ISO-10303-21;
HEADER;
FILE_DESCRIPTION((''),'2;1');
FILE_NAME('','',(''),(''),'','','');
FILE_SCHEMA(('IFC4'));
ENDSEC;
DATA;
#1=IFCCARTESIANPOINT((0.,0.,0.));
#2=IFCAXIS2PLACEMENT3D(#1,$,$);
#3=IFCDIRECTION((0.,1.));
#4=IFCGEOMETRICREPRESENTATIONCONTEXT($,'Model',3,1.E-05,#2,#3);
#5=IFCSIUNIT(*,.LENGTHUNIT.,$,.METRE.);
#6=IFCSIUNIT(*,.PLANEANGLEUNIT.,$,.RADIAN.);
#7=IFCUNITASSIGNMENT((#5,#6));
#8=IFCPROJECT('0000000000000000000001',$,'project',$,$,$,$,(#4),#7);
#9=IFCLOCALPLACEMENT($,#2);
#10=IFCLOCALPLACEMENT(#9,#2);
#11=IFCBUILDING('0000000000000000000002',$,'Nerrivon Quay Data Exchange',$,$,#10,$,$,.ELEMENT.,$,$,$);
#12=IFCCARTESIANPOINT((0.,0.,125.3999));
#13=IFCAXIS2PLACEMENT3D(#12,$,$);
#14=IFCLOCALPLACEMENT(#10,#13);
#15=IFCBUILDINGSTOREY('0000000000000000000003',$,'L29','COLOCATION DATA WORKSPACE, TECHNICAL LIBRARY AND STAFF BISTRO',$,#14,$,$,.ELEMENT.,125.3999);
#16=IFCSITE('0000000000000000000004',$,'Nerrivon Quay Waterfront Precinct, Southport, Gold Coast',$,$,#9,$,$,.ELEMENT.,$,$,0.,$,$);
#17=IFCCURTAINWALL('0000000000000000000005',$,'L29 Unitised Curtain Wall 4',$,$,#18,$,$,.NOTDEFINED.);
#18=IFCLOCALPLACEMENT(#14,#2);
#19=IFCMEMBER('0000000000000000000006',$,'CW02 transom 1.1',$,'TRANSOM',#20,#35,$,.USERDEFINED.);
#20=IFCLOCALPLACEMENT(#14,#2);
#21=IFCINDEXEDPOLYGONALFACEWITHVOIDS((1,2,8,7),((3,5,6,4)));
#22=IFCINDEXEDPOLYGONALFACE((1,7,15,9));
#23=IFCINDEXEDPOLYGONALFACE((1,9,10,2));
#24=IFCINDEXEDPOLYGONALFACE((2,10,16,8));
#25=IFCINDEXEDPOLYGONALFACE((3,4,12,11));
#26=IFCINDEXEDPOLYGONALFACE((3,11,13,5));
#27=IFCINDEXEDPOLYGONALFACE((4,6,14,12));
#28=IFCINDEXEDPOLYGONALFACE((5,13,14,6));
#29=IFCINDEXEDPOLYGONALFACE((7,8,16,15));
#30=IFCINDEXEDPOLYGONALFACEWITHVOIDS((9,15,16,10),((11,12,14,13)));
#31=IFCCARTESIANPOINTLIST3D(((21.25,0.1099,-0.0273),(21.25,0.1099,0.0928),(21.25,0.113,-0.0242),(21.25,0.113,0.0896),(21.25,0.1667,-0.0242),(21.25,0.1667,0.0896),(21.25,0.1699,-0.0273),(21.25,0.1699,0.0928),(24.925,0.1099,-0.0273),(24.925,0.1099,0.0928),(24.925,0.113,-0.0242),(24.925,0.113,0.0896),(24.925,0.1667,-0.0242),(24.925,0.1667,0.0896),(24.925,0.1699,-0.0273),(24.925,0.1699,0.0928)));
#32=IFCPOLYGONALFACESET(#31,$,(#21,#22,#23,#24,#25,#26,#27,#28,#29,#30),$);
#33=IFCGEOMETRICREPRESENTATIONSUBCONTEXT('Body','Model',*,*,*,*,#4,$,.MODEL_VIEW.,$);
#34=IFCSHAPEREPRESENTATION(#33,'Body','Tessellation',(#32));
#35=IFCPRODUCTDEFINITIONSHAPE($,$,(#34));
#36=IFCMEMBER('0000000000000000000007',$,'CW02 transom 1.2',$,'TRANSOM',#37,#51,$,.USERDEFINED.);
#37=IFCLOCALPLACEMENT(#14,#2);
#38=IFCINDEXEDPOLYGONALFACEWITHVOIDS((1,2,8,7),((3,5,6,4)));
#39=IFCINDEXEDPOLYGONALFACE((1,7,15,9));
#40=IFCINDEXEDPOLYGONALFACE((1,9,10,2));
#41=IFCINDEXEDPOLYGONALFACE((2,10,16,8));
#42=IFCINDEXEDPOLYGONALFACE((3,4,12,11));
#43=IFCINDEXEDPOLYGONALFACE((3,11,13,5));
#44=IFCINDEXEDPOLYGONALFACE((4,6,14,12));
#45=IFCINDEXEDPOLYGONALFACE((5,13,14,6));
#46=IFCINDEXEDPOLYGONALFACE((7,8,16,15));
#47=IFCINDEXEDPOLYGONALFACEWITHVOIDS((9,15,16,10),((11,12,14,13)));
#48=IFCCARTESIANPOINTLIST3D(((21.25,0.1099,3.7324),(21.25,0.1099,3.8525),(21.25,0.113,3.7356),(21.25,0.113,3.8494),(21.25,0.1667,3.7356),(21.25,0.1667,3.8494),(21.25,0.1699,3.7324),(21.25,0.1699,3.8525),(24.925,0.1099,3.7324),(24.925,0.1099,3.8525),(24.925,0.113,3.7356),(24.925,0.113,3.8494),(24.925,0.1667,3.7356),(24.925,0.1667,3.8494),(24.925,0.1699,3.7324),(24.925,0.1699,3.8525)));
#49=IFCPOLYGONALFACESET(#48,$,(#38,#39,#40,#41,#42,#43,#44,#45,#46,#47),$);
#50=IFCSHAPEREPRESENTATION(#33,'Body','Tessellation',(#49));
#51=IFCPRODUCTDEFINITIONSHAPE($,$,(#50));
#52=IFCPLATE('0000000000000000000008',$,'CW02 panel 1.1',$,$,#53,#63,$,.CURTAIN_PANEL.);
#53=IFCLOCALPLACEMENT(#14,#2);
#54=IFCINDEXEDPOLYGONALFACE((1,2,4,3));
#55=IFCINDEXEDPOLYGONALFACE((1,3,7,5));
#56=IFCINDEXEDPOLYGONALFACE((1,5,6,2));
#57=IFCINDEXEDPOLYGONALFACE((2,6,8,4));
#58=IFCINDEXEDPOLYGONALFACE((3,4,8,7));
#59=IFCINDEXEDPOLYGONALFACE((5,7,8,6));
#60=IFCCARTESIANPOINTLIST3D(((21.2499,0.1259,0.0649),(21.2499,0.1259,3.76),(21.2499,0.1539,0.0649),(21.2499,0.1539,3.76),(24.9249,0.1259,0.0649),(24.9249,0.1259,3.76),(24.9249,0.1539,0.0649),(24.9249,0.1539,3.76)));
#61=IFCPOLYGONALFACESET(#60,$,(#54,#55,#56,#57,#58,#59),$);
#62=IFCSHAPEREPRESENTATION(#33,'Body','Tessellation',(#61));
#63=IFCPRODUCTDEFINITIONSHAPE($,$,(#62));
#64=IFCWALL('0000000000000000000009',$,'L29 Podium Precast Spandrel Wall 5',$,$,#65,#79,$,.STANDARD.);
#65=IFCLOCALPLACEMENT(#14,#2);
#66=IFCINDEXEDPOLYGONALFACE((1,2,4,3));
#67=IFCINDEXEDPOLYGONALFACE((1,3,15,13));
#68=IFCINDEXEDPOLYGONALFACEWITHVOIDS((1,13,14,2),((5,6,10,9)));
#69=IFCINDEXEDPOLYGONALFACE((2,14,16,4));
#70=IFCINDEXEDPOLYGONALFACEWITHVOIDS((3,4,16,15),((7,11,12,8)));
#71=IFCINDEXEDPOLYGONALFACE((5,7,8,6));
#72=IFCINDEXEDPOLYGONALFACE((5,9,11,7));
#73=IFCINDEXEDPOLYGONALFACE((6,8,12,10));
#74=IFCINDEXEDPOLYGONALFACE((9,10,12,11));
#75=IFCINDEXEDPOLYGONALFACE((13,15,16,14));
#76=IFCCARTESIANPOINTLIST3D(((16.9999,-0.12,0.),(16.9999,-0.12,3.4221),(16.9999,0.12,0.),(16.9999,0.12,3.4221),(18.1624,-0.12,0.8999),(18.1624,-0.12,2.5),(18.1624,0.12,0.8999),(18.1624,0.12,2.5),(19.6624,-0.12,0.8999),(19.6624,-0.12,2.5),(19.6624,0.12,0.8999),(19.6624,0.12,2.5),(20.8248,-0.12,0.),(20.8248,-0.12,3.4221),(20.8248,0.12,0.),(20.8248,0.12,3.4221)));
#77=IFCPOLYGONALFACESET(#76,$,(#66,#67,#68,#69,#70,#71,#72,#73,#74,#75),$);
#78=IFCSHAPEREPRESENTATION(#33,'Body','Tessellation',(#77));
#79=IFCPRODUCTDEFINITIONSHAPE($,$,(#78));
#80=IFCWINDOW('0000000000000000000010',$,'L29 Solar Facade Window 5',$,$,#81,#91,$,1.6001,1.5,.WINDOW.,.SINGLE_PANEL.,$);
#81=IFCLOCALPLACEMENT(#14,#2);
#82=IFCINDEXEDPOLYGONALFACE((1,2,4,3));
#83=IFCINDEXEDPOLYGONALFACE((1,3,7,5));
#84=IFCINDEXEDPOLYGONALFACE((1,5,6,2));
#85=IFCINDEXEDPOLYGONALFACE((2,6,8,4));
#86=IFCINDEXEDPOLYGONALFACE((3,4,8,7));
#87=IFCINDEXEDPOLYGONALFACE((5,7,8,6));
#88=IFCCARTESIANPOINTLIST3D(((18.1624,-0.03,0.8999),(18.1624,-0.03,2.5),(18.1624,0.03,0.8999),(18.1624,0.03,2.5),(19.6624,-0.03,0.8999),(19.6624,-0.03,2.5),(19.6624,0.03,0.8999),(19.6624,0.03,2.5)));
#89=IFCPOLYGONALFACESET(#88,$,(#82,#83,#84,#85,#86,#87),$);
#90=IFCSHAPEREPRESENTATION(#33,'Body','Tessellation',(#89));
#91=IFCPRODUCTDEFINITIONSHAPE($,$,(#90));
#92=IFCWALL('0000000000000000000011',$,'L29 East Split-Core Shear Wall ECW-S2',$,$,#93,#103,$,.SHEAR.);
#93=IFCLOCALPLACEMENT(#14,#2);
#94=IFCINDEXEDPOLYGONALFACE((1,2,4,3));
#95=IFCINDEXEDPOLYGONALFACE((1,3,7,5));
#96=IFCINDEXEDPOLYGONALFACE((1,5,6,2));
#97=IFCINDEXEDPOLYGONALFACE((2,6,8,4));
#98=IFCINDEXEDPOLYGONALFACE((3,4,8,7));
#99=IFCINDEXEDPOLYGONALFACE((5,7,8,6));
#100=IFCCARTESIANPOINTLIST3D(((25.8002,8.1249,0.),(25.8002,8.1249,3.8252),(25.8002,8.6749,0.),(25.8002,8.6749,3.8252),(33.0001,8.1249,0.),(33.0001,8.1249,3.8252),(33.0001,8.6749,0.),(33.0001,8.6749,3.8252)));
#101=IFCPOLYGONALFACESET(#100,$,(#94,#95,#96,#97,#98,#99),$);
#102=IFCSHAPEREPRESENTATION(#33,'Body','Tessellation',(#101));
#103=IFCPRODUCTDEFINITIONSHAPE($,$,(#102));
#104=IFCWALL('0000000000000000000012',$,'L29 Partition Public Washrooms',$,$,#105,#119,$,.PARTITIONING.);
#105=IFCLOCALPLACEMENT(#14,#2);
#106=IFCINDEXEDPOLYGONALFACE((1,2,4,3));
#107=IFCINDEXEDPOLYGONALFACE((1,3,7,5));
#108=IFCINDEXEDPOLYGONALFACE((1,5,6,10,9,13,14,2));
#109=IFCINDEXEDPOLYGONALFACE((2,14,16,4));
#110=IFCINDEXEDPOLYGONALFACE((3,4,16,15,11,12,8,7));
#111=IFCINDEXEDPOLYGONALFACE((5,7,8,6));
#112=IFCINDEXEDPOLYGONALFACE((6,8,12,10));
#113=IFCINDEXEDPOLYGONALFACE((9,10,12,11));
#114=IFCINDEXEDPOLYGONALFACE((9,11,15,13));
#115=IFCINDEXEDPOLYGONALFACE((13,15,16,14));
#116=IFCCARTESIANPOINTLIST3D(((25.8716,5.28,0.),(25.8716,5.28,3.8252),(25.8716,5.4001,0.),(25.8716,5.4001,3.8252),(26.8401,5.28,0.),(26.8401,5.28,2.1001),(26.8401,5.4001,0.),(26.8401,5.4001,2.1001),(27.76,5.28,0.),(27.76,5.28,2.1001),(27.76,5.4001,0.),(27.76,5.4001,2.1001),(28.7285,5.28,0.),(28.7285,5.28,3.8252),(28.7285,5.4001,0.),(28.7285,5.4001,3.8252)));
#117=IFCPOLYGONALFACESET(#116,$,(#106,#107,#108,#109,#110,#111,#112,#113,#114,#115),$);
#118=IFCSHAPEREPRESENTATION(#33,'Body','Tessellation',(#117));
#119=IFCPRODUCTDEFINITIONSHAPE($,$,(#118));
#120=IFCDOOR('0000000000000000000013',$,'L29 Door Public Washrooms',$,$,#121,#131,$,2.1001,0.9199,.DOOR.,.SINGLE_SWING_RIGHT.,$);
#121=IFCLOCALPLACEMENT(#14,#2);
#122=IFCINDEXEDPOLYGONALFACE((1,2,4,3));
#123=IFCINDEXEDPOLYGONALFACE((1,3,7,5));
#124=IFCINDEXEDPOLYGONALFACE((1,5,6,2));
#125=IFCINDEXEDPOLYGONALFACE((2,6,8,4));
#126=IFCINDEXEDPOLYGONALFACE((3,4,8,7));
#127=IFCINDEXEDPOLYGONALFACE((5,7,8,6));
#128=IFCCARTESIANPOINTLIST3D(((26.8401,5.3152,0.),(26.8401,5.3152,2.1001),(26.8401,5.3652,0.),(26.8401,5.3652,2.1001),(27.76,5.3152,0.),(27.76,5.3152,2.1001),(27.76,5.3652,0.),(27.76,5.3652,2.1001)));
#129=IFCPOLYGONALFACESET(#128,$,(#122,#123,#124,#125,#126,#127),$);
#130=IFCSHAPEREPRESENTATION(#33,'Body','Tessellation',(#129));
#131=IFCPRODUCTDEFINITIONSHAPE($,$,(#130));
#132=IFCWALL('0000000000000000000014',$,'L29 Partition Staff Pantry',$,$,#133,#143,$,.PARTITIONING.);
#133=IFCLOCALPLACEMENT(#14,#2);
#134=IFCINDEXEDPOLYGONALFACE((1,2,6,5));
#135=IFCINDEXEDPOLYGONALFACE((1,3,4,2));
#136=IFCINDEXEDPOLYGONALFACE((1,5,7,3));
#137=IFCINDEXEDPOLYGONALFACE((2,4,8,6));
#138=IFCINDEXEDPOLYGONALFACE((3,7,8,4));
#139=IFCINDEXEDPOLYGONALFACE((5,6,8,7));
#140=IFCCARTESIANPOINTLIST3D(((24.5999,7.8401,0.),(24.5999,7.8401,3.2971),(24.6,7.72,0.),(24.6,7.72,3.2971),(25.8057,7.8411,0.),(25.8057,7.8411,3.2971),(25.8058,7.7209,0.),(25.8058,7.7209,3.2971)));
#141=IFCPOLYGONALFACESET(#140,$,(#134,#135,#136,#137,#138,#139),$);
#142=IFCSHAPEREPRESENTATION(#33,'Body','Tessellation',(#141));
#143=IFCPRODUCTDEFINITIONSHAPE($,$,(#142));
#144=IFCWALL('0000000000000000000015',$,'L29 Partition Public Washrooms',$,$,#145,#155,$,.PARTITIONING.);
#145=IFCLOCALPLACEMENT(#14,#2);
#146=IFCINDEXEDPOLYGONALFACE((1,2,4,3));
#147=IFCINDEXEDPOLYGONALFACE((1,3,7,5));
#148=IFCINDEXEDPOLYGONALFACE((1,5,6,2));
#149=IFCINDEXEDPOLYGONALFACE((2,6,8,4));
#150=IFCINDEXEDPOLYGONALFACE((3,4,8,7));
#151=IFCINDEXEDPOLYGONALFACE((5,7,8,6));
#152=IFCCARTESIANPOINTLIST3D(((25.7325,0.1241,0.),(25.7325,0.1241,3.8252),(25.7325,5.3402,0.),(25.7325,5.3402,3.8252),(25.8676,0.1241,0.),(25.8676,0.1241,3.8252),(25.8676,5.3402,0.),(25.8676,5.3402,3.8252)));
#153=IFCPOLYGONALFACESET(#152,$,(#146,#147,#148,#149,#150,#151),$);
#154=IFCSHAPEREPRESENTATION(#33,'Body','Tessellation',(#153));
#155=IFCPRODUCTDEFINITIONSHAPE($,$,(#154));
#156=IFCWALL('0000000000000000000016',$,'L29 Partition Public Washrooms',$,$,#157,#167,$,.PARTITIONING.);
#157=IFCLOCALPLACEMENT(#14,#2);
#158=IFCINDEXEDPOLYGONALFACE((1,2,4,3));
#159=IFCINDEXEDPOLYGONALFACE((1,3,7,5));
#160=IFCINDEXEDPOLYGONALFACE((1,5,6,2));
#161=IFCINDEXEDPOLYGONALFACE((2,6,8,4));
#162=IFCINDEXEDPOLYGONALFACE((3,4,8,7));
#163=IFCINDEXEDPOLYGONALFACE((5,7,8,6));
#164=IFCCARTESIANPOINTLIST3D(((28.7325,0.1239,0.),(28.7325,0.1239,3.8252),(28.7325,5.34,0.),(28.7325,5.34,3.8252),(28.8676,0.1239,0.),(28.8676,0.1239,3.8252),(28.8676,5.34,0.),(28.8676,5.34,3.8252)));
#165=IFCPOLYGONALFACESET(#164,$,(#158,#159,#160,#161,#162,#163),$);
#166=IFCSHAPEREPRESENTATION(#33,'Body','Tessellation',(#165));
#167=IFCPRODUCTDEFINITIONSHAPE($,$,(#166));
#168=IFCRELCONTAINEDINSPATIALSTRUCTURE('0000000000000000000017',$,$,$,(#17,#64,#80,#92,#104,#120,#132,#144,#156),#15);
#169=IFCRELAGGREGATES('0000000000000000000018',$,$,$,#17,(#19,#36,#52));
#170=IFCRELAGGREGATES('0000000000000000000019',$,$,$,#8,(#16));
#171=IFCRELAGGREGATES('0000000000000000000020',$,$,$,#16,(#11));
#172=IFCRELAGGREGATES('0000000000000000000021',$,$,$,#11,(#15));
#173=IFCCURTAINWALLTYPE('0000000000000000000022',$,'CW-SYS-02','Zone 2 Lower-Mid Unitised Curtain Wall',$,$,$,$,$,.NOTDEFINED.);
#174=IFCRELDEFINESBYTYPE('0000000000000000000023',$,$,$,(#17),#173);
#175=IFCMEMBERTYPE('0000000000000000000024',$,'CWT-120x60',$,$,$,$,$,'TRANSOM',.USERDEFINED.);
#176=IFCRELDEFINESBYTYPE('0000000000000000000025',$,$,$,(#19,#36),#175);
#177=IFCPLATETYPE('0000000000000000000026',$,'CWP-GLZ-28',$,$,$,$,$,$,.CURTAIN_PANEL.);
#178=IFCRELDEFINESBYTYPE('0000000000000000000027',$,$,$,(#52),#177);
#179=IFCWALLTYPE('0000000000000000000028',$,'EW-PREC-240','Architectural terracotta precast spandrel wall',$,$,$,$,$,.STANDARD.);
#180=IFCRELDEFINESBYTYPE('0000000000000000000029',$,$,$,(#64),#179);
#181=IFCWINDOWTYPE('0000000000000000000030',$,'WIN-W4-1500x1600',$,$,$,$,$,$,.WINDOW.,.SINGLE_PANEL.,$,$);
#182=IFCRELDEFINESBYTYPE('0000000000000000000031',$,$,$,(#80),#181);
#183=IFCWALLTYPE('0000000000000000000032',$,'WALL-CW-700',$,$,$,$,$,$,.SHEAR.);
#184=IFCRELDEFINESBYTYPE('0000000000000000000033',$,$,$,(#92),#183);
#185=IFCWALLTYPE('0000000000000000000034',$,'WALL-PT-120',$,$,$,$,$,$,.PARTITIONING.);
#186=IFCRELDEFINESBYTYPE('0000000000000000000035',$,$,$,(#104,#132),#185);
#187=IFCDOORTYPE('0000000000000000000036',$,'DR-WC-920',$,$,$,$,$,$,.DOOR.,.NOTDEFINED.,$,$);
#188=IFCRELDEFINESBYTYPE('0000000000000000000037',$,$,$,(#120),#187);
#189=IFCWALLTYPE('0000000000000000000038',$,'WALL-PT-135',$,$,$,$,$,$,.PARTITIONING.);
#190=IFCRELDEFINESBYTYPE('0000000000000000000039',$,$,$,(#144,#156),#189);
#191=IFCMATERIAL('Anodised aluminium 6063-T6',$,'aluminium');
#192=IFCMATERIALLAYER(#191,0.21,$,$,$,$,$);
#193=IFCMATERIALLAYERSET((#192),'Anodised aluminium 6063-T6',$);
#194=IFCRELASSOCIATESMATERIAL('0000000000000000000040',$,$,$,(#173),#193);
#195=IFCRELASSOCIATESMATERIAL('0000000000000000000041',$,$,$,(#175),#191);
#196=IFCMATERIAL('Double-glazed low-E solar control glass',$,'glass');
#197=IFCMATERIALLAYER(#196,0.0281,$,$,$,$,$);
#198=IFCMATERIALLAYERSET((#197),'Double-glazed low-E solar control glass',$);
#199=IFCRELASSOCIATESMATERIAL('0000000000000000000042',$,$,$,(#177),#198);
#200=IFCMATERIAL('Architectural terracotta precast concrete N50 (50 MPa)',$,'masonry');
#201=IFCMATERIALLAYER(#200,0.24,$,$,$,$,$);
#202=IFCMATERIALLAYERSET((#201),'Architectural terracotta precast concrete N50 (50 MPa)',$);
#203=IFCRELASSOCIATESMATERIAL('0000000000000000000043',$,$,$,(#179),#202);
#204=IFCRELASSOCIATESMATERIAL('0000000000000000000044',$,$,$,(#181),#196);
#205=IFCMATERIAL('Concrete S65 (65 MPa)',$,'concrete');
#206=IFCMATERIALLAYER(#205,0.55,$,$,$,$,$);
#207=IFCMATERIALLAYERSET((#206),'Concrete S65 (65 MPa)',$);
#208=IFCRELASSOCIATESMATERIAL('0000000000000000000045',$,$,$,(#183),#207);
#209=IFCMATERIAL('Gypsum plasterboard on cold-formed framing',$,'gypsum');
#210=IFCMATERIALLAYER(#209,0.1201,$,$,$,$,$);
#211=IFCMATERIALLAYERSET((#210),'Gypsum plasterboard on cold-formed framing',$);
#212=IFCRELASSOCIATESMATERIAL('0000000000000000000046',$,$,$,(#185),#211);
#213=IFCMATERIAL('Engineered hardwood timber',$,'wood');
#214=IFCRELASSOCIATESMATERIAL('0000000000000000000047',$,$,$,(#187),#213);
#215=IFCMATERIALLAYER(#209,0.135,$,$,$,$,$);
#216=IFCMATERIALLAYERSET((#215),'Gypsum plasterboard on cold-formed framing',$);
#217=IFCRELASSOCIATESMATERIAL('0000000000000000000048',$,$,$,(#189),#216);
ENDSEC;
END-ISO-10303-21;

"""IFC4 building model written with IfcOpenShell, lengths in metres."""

from ifc_helpers import new_model, si_unit, direction, frame, frame_2d, origin, origin_2d, place, context, subcontext, project, spatial, rectangle, hollow_rectangle, extrude, material, layer, layer_set, material_profile, profile_set, type_object, element, fill, aggregate, save


model = new_model("IFC4")

# Units and contexts
model_context = context("Model", 3, precision=1e-05, world=origin(), true_north=direction((0.0, 1.0)))
body_context = subcontext(model_context, "Body", "Model", "MODEL_VIEW")
ifc_project = project(units=[si_unit("LENGTHUNIT", "METRE"), si_unit("PLANEANGLEUNIT", "RADIAN")], contexts=[model_context])

# Site, building, storey
site_placement = place(None, origin())
site = spatial("IfcSite", under=ifc_project, at=site_placement, Name="Nerrivon Quay Waterfront Precinct, Southport, Gold Coast", CompositionType="ELEMENT", RefElevation=0.0)
building_placement = place(site_placement, origin())
building = spatial("IfcBuilding", under=site, at=building_placement, Name="Nerrivon Quay Data Exchange", CompositionType="ELEMENT")
storey_placement = place(building_placement, frame((0.0, 0.0, 125.3999)))
storey = spatial("IfcBuildingStorey", under=building, at=storey_placement, Name="L29", Description="COLOCATION DATA WORKSPACE, TECHNICAL LIBRARY AND STAFF BISTRO", CompositionType="ELEMENT", Elevation=125.3999)

# Shared definitions
ifc_material_1 = material(Name="Concrete S65 (65 MPa)", Category="concrete")

# Curtain wall, members, plate
ifc_material_2 = material(Name="Anodised aluminium 6063-T6", Category="aluminium")
ifc_layer_1 = layer(ifc_material_2, 0.21)
ifc_layer_set_1 = layer_set([ifc_layer_1], Name="Anodised aluminium 6063-T6")
curtain_wall_type = type_object("IfcCurtainWallType", Name="CW-SYS-02", Description="Zone 2 Lower-Mid Unitised Curtain Wall", PredefinedType="NOTDEFINED", material=ifc_layer_set_1)
curtain_wall_placement = place(storey_placement, origin())
curtain_wall = element("IfcCurtainWall", 1, at=curtain_wall_placement, inside=storey, type_object=curtain_wall_type, Name="L29 Unitised Curtain Wall 4", PredefinedType="NOTDEFINED")
ifc_material_profile_1 = material_profile(ifc_material_2, hollow_rectangle(XDim=0.0601, YDim=0.1201, WallThickness=0.0032, at=origin_2d()), Name="ALU-TRAN-120x60")
ifc_profile_set_1 = profile_set([ifc_material_profile_1], Name="Anodised aluminium 6063-T6")
member_type_1 = type_object("IfcMemberType", Name="CWT-120x60", ElementType="TRANSOM", PredefinedType="USERDEFINED", material=ifc_profile_set_1)
member_1_placement = place(storey_placement, frame((24.925, 0.1399, 0.0327), z_axis=(-1.0, 0.0, 0.0), x_axis=(0.0, -1.0, 0.0)))
member_1 = element("IfcMember", 2, at=member_1_placement, type_object=member_type_1, Name="CW02 transom 1.1", ObjectType="TRANSOM", PredefinedType="USERDEFINED", context=body_context, shape_type="SweptSolid", body=[
    extrude(hollow_rectangle(XDim=0.0601, YDim=0.1201, WallThickness=0.0032, at=origin_2d()), origin(), (0.0, 0.0, 1.0), 3.675),
])
member_2_placement = place(storey_placement, frame((24.925, 0.1399, 3.7925), z_axis=(-1.0, 0.0, 0.0), x_axis=(0.0, -1.0, 0.0)))
member_2 = element("IfcMember", 3, at=member_2_placement, type_object=member_type_1, Name="CW02 transom 1.2", ObjectType="TRANSOM", PredefinedType="USERDEFINED", context=body_context, shape_type="SweptSolid", body=[
    extrude(hollow_rectangle(XDim=0.0601, YDim=0.1201, WallThickness=0.0032, at=origin_2d()), origin(), (0.0, 0.0, 1.0), 3.675),
])
ifc_material_3 = material(Name="Double-glazed low-E solar control glass", Category="glass")
ifc_layer_2 = layer(ifc_material_3, 0.0281)
ifc_layer_set_2 = layer_set([ifc_layer_2], Name="Double-glazed low-E solar control glass")
plate_type = type_object("IfcPlateType", Name="CWP-GLZ-28", PredefinedType="CURTAIN_PANEL", material=ifc_layer_set_2)
plate_placement = place(storey_placement, frame((23.0874, 0.1399, 0.0649), z_axis=(0.0, 0.0, 1.0), x_axis=(-1.0, 0.0, 0.0)))
plate = element("IfcPlate", 4, at=plate_placement, type_object=plate_type, Name="CW02 panel 1.1", PredefinedType="CURTAIN_PANEL", context=body_context, shape_type="SweptSolid", body=[
    extrude(rectangle(XDim=3.675, YDim=0.0281, at=origin_2d()), origin(), (0.0, 0.0, 1.0), 3.6951),
])
aggregate(curtain_wall, [member_1, member_2, plate])

# Wall, opening, window
ifc_material_4 = material(Name="Architectural terracotta precast concrete N50 (50 MPa)", Category="masonry")
ifc_layer_3 = layer(ifc_material_4, 0.24)
ifc_layer_set_3 = layer_set([ifc_layer_3], Name="Architectural terracotta precast concrete N50 (50 MPa)")
wall_type_1 = type_object("IfcWallType", Name="EW-PREC-240", Description="Architectural terracotta precast spandrel wall", PredefinedType="STANDARD", material=ifc_layer_set_3)
wall_1_placement = place(storey_placement, frame((20.825, 0.0, 0.0), z_axis=(0.0, 0.0, 1.0), x_axis=(-1.0, 0.0, 0.0)))
wall_1 = element("IfcWall", 5, at=wall_1_placement, inside=storey, type_object=wall_type_1, Name="L29 Podium Precast Spandrel Wall 5", PredefinedType="STANDARD", context=body_context, shape_type="SweptSolid", body=[
    extrude(rectangle(XDim=3.825, YDim=0.24, at=frame_2d((1.9126, 0.0))), origin(), (0.0, 0.0, 1.0), 3.4221),
])
opening_1_placement = place(wall_1_placement, frame((1.1626, 0.0, 0.8999)))
opening_1 = element("IfcOpeningElement", 6, at=opening_1_placement, cuts=wall_1, PredefinedType="OPENING", context=body_context, shape_type="SweptSolid", body=[
    extrude(rectangle(XDim=1.5, YDim=1.6001, at=frame_2d((0.75, 0.8))), frame((0.0, 0.1299, 0.0), z_axis=(0.0, -1.0, 0.0), x_axis=(1.0, 0.0, 0.0)), (0.0, 0.0, 1.0), 0.26),
])
window_type = type_object("IfcWindowType", Name="WIN-W4-1500x1600", PartitioningType="SINGLE_PANEL", PredefinedType="WINDOW", material=ifc_material_3)
window_placement = place(opening_1_placement, origin())
window = element("IfcWindow", 7, at=window_placement, inside=storey, type_object=window_type, Name="L29 Solar Facade Window 5", OverallHeight=1.6001, OverallWidth=1.5, PartitioningType="SINGLE_PANEL", PredefinedType="WINDOW", context=body_context, shape_type="SweptSolid", body=[
    extrude(rectangle(XDim=1.5, YDim=1.6001, at=frame_2d((0.75, 0.8))), frame((0.0, 0.03, 0.0), z_axis=(0.0, -1.0, 0.0), x_axis=(1.0, 0.0, 0.0)), (0.0, 0.0, 1.0), 0.0601),
])
fill(opening_1, window)

# Wall
ifc_layer_4 = layer(ifc_material_1, 0.55)
ifc_layer_set_4 = layer_set([ifc_layer_4], Name="Concrete S65 (65 MPa)")
wall_type_2 = type_object("IfcWallType", Name="WALL-CW-700", PredefinedType="SHEAR", material=ifc_layer_set_4)
wall_2_placement = place(storey_placement, frame((25.8, 8.3999, 0.0), z_axis=(0.0, 0.0, 1.0), x_axis=(1.0, 0.0, 0.0)))
element("IfcWall", 8, at=wall_2_placement, inside=storey, type_object=wall_type_2, Name="L29 East Split-Core Shear Wall ECW-S2", PredefinedType="SHEAR", context=body_context, shape_type="SweptSolid", body=[
    extrude(rectangle(XDim=7.2, YDim=0.55, at=frame_2d((3.6001, 0.0))), origin(), (0.0, 0.0, 1.0), 3.8252),
])

# Wall, opening, door
ifc_material_5 = material(Name="Gypsum plasterboard on cold-formed framing", Category="gypsum")
ifc_layer_5 = layer(ifc_material_5, 0.1201)
ifc_layer_set_5 = layer_set([ifc_layer_5], Name="Gypsum plasterboard on cold-formed framing")
wall_type_3 = type_object("IfcWallType", Name="WALL-PT-120", PredefinedType="PARTITIONING", material=ifc_layer_set_5)
wall_3_placement = place(storey_placement, frame((28.7285, 5.3401, 0.0), z_axis=(0.0, 0.0, 1.0), x_axis=(-1.0, 0.0, 0.0)))
wall_3 = element("IfcWall", 9, at=wall_3_placement, inside=storey, type_object=wall_type_3, Name="L29 Partition Public Washrooms", PredefinedType="PARTITIONING", context=body_context, shape_type="SweptSolid", body=[
    extrude(rectangle(XDim=2.8569, YDim=0.1201, at=frame_2d((1.4285, 0.0))), origin(), (0.0, 0.0, 1.0), 3.8252),
])
opening_2_placement = place(wall_3_placement, frame((0.9685, 0.0, 0.0)))
opening_2 = element("IfcOpeningElement", 10, at=opening_2_placement, cuts=wall_3, PredefinedType="OPENING", context=body_context, shape_type="SweptSolid", body=[
    extrude(rectangle(XDim=0.9199, YDim=2.1001, at=frame_2d((0.46, 1.05))), frame((0.0, 0.0701, 0.0), z_axis=(0.0, -1.0, 0.0), x_axis=(1.0, 0.0, 0.0)), (0.0, 0.0, 1.0), 0.1401),
])
ifc_material_6 = material(Name="Engineered hardwood timber", Category="wood")
door_type_1 = type_object("IfcDoorType", Name="DR-WC-920", OperationType="NOTDEFINED", PredefinedType="DOOR", material=ifc_material_6)
door_1_placement = place(opening_2_placement, origin())
door_1 = element("IfcDoor", 11, at=door_1_placement, inside=storey, type_object=door_type_1, Name="L29 Door Public Washrooms", OperationType="SINGLE_SWING_RIGHT", OverallHeight=2.1001, OverallWidth=0.9199, PredefinedType="DOOR", context=body_context, shape_type="SweptSolid", body=[
    extrude(rectangle(XDim=0.9199, YDim=2.1001, at=frame_2d((0.46, 1.05))), frame((0.0, 0.0249, 0.0), z_axis=(0.0, -1.0, 0.0), x_axis=(1.0, 0.0, 0.0)), (0.0, 0.0, 1.0), 0.05),
])
fill(opening_2, door_1)

# Walls
wall_4_placement = place(storey_placement, frame((25.8059, 7.781, 0.0), z_axis=(0.0, 0.0, 1.0), x_axis=(-1.0, -0.00081, 0.0)))
element("IfcWall", 12, at=wall_4_placement, inside=storey, type_object=wall_type_3, Name="L29 Partition Staff Pantry", PredefinedType="PARTITIONING", context=body_context, shape_type="SweptSolid", body=[
    extrude(rectangle(XDim=1.2058, YDim=0.1201, at=frame_2d((0.603, 0.0))), origin(), (0.0, 0.0, 1.0), 3.2971),
])
ifc_layer_6 = layer(ifc_material_5, 0.135)
ifc_layer_set_6 = layer_set([ifc_layer_6], Name="Gypsum plasterboard on cold-formed framing")
wall_type_4 = type_object("IfcWallType", Name="WALL-PT-135", PredefinedType="PARTITIONING", material=ifc_layer_set_6)
for number, where, z_axis, x_axis, name in (
    (13, (25.8, 5.3401, 0.0), (0.0, 0.0, 1.0), (0.0, -1.0, 0.0), "L29 Partition Public Washrooms"),
    (14, (28.8, 0.124, 0.0), (0.0, 0.0, 1.0), (0.0, 1.0, 0.0), "L29 Partition Public Washrooms"),
):
    element("IfcWall", number, at=place(storey_placement, frame(where, z_axis=z_axis, x_axis=x_axis)), inside=storey, type_object=wall_type_4, Name=name, PredefinedType="PARTITIONING", context=body_context, shape_type="SweptSolid", body=[
        extrude(rectangle(XDim=5.2161, YDim=0.135, at=frame_2d((2.6079, 0.0))), origin(), (0.0, 0.0, 1.0), 3.8252),
    ])

save(model, "model.ifc")
